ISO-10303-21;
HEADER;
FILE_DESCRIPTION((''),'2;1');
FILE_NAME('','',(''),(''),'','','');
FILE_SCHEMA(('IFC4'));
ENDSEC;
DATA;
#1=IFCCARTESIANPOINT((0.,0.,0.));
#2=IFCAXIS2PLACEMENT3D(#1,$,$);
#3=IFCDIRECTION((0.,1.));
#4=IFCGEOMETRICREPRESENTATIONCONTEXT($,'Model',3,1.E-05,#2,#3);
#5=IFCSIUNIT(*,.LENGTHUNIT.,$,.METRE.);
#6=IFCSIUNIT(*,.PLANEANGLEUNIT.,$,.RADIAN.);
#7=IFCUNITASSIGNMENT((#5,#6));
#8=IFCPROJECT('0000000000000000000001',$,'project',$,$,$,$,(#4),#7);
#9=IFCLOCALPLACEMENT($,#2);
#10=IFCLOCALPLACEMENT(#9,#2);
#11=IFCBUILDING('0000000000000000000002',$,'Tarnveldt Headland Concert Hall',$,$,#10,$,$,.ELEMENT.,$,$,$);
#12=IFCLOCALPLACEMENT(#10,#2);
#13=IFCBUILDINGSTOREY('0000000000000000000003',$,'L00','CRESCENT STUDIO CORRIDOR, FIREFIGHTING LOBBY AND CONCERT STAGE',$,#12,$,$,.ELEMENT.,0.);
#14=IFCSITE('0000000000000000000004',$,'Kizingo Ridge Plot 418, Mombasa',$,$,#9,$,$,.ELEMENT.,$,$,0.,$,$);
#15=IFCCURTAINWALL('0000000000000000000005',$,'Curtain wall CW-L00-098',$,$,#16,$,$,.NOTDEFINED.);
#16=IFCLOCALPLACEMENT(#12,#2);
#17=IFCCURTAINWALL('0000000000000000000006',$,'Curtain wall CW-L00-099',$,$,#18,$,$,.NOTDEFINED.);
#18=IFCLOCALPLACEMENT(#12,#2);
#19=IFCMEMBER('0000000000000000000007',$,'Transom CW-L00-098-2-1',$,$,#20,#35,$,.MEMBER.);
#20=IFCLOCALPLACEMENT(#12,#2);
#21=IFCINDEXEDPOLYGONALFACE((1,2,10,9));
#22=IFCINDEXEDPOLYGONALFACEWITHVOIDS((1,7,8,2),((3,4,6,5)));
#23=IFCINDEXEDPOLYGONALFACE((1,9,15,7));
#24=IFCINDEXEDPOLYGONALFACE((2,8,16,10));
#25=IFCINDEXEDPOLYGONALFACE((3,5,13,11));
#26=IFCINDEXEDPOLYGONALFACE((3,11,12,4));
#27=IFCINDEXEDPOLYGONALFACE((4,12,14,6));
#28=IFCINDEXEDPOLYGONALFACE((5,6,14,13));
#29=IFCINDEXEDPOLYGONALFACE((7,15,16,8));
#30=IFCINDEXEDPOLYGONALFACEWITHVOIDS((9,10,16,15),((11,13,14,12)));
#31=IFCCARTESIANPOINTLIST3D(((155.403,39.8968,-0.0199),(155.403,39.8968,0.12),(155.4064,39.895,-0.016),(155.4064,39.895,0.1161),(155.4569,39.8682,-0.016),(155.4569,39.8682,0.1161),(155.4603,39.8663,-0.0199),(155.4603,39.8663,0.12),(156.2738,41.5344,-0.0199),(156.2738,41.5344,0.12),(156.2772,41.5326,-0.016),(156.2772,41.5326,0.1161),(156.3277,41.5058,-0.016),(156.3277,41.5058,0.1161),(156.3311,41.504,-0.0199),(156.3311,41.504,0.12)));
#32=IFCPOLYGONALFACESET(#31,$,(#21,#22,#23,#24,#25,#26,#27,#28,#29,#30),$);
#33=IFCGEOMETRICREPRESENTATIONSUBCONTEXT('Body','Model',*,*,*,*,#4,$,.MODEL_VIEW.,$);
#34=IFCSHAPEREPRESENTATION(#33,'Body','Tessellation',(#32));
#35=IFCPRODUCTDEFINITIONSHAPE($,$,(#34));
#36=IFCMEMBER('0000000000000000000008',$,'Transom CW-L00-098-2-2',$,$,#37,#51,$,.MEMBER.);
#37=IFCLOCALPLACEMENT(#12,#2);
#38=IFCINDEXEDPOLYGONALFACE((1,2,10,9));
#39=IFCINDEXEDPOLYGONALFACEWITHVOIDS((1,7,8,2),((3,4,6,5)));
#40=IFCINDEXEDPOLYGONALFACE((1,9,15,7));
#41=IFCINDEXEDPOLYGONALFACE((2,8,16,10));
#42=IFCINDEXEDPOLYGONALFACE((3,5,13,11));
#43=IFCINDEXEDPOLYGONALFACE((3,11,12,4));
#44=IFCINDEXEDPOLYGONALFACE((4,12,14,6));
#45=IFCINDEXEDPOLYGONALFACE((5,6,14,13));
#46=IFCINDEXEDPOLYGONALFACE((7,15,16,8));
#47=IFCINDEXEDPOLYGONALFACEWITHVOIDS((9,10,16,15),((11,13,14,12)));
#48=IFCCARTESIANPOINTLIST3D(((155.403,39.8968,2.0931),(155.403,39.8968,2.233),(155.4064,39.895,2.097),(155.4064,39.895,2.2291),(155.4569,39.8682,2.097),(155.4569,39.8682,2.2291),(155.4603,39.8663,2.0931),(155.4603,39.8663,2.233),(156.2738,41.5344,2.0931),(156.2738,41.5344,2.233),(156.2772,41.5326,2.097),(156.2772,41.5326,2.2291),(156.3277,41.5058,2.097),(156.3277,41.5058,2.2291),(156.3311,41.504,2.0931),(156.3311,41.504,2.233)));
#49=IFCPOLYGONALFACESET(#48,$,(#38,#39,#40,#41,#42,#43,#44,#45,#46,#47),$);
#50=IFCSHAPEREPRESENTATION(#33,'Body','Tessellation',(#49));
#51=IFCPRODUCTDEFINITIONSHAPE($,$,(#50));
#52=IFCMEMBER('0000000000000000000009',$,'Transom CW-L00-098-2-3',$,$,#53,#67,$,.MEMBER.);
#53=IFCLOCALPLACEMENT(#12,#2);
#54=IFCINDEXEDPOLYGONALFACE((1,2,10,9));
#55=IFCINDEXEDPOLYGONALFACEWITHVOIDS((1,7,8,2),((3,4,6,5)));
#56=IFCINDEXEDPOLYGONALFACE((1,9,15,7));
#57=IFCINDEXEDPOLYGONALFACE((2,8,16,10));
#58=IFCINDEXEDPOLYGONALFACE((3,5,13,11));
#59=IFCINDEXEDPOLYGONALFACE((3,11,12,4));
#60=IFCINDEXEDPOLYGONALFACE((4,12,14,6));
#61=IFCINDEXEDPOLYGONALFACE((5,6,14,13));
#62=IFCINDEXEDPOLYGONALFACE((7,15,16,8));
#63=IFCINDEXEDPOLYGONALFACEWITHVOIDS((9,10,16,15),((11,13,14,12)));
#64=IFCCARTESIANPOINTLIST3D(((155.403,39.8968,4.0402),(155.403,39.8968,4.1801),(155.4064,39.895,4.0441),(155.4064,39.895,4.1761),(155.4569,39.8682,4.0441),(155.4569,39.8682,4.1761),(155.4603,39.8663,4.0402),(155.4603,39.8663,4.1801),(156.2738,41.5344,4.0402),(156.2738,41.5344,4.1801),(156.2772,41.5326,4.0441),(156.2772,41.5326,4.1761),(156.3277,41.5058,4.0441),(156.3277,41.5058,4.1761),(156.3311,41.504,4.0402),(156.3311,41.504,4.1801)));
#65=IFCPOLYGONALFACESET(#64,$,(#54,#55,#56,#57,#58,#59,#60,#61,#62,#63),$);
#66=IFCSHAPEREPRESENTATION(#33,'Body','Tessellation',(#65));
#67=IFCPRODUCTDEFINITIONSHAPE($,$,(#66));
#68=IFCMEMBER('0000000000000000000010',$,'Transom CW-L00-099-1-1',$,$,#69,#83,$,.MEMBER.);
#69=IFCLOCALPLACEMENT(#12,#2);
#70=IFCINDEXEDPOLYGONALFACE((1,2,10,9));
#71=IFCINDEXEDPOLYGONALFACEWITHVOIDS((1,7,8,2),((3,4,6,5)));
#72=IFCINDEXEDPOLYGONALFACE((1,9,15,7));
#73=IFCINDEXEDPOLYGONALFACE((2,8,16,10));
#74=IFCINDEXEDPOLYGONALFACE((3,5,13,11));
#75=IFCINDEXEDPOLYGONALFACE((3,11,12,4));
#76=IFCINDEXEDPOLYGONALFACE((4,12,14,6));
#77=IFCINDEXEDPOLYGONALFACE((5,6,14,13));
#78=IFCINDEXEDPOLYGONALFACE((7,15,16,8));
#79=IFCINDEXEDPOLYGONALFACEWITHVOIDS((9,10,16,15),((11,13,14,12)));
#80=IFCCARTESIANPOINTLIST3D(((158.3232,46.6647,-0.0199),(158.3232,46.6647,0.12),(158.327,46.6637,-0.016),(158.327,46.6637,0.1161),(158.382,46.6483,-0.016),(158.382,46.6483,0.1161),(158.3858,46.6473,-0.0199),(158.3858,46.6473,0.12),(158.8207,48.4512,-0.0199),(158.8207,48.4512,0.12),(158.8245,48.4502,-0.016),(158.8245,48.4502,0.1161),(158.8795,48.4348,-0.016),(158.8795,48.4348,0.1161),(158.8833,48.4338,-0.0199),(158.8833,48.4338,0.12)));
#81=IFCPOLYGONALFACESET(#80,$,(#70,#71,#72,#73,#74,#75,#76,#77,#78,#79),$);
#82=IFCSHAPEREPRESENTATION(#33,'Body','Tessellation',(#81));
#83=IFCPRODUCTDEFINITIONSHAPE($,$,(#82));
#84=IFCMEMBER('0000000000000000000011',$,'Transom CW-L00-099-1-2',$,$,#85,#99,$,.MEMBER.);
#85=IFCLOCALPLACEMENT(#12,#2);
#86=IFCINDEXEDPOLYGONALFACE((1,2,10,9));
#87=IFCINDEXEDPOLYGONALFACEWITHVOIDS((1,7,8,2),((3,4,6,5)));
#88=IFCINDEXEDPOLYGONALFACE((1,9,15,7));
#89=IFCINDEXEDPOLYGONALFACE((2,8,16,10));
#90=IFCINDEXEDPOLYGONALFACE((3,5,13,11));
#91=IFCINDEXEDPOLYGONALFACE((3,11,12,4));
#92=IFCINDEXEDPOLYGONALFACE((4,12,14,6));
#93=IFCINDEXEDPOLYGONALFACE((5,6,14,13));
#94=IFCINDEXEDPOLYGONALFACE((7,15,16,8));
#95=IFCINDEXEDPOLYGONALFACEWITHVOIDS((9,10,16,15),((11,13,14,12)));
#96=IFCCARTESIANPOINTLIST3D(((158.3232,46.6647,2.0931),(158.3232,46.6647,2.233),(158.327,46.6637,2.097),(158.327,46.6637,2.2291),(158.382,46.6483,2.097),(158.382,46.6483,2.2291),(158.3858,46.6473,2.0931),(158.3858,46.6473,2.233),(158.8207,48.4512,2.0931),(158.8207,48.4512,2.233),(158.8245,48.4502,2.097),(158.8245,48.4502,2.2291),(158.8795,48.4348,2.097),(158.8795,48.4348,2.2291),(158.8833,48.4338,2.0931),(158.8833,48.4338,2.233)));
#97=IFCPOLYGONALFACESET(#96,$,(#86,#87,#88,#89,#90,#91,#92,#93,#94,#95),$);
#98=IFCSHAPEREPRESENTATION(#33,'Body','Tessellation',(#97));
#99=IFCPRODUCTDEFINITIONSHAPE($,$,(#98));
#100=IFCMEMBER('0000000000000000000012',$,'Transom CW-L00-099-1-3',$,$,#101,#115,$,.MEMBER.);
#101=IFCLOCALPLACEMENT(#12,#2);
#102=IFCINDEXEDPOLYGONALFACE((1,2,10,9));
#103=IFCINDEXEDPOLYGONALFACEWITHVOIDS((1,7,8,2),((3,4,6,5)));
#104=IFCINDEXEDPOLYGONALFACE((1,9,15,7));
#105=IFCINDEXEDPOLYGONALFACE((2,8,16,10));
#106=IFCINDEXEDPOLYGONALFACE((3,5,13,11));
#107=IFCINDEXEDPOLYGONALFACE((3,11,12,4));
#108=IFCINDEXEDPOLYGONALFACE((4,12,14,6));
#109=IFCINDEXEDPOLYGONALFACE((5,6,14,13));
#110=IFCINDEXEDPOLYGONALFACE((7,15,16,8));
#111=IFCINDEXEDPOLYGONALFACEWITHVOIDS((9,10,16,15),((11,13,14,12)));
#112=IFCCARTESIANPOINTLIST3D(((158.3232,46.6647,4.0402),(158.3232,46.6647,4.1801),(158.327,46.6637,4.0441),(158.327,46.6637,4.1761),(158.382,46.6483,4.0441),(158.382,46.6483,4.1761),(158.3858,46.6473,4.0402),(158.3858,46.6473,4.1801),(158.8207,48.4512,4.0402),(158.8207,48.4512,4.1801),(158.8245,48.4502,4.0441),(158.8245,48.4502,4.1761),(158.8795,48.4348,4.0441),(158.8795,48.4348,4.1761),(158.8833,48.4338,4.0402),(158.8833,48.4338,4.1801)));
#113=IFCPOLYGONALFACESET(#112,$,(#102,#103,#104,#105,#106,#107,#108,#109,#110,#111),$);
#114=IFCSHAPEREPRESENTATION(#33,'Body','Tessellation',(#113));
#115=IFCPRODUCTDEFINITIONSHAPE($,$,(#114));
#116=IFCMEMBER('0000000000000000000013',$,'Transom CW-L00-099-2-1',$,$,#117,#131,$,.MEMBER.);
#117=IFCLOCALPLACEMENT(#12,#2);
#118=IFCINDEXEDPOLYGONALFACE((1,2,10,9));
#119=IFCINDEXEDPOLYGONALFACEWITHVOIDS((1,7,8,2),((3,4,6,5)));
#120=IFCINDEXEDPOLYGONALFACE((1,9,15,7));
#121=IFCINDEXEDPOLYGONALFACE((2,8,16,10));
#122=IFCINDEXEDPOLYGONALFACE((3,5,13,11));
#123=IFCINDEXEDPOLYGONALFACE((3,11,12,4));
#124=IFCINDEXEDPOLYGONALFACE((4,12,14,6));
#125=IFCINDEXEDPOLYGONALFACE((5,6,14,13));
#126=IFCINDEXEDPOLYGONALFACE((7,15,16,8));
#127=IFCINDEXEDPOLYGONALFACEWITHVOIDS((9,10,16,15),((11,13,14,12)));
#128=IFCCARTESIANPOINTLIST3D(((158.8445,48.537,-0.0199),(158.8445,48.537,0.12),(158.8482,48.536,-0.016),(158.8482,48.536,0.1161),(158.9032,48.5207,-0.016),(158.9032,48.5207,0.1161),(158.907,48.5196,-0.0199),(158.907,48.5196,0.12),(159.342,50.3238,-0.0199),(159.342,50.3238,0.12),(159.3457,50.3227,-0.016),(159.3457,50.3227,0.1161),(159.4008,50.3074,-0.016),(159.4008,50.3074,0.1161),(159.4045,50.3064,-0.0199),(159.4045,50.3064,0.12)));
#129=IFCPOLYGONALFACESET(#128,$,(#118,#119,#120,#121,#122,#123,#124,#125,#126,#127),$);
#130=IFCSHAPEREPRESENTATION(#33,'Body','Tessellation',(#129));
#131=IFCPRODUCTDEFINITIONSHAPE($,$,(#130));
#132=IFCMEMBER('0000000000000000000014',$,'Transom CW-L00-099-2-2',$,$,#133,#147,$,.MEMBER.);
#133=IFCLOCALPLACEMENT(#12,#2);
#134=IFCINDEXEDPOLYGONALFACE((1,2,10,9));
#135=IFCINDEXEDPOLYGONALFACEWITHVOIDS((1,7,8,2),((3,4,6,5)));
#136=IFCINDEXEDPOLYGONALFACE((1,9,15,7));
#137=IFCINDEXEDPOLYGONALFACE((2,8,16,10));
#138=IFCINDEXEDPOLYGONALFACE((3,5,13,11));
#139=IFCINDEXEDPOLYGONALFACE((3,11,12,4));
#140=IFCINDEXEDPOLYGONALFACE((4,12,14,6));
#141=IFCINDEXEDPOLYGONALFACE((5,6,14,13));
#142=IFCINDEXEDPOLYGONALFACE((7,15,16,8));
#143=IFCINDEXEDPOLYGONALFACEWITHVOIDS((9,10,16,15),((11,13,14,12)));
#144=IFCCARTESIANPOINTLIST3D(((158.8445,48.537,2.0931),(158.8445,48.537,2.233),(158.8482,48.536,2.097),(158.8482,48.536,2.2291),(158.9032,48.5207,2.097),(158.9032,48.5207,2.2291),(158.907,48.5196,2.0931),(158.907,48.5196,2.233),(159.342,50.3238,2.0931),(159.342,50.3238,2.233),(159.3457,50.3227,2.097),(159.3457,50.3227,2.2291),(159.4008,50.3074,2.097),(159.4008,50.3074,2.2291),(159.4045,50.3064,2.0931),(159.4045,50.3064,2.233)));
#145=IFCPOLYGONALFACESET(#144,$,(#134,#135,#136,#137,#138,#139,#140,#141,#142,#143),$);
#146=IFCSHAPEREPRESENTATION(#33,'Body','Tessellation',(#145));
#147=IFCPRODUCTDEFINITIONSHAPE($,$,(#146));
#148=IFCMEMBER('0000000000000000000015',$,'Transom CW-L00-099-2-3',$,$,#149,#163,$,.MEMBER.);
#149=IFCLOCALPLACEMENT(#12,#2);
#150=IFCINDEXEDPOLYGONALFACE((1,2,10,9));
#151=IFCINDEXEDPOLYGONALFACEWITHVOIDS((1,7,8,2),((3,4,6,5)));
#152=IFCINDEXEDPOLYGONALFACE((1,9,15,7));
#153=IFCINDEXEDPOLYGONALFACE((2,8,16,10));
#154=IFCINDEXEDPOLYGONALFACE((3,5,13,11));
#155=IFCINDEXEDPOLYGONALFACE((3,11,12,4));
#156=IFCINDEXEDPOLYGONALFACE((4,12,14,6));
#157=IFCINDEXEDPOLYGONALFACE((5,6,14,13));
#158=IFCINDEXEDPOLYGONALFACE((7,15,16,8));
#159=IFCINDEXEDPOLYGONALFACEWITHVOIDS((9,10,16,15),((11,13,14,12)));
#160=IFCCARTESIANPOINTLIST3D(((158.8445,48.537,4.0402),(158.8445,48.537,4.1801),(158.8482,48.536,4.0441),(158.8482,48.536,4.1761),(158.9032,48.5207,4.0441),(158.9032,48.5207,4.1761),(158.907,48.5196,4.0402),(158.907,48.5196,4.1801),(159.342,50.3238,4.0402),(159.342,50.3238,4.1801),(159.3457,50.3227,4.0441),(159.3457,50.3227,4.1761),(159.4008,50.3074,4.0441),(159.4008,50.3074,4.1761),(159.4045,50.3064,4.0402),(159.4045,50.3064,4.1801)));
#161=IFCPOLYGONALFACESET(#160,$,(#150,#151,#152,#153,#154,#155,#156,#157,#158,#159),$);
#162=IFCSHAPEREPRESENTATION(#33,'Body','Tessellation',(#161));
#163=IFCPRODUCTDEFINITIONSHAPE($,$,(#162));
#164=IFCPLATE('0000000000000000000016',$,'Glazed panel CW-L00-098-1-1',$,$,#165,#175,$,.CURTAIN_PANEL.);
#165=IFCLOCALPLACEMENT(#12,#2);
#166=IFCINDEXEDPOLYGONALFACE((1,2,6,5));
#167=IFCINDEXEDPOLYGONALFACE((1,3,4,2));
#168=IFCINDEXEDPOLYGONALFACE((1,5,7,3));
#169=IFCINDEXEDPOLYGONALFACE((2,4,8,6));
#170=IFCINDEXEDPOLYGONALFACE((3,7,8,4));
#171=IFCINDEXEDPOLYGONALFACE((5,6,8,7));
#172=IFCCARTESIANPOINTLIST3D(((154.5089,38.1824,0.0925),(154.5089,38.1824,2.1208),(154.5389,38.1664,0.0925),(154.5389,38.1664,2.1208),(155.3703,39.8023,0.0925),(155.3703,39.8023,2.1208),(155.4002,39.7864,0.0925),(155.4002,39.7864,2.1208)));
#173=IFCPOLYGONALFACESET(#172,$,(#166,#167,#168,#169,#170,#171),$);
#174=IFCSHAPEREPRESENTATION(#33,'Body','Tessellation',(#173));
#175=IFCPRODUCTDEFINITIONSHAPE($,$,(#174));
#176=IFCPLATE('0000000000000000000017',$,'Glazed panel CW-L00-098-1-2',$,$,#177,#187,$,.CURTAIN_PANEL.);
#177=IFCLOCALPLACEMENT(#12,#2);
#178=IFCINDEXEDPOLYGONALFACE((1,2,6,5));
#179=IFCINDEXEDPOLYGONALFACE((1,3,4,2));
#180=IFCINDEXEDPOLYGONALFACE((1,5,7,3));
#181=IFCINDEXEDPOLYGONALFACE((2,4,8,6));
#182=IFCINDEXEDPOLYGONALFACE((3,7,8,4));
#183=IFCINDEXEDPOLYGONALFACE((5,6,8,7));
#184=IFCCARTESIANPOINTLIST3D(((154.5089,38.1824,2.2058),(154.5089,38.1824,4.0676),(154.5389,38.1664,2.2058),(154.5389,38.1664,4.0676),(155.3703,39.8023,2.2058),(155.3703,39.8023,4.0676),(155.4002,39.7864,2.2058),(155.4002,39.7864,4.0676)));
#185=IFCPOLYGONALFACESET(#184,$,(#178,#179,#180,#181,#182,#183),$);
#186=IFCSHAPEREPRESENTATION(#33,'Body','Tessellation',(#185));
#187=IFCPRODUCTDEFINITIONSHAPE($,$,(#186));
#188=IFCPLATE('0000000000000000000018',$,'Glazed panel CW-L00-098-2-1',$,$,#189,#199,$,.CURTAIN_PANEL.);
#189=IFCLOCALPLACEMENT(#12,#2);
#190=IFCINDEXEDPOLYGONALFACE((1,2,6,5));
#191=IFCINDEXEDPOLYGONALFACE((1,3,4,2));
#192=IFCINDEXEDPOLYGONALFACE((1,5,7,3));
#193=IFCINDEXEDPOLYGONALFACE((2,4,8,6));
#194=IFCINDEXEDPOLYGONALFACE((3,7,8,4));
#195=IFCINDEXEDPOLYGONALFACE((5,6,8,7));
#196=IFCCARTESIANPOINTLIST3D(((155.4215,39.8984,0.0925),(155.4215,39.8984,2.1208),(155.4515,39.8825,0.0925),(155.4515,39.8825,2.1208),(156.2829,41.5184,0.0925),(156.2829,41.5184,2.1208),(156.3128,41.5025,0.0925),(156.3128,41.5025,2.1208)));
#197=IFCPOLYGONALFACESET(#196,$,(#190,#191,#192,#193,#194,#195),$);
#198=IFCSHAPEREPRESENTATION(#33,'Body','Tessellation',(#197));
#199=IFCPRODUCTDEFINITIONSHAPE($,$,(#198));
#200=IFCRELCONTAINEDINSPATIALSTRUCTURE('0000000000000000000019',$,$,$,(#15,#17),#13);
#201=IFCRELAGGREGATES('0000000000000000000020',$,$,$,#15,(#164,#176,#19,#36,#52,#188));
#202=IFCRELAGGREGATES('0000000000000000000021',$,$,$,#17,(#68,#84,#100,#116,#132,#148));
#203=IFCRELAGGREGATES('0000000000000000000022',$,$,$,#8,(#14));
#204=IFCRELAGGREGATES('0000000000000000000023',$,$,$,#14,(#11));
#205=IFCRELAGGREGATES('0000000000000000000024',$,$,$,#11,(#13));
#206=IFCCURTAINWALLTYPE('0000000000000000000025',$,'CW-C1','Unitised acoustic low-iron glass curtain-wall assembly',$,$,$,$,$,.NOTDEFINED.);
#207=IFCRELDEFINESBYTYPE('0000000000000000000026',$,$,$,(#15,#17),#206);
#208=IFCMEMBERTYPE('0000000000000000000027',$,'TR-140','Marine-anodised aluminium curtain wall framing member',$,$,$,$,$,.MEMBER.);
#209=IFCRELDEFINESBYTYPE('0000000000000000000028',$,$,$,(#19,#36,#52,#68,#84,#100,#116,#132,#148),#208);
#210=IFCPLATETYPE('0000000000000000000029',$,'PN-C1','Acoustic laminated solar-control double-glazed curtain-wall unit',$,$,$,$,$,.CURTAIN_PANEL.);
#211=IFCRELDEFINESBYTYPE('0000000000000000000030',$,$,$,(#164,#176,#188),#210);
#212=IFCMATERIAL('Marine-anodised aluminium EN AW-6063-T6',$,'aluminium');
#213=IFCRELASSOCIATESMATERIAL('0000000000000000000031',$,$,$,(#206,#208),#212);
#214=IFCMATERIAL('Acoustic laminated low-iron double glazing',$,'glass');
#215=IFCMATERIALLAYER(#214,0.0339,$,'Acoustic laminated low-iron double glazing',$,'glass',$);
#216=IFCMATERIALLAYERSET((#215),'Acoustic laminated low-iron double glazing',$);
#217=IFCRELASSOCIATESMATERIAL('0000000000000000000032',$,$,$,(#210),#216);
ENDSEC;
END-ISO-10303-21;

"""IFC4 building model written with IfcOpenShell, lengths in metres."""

from ifc_helpers import new_model, si_unit, direction, frame, origin, origin_2d, place, context, subcontext, project, spatial, rectangle, hollow_rectangle, extrude, material, layer, layer_set, material_profile, profile_set, type_object, element, aggregate, save


model = new_model("IFC4")

# Units and contexts
model_context = context("Model", 3, precision=1e-05, world=origin(), true_north=direction((0.0, 1.0)))
body_context = subcontext(model_context, "Body", "Model", "MODEL_VIEW")
ifc_project = project(units=[si_unit("LENGTHUNIT", "METRE"), si_unit("PLANEANGLEUNIT", "RADIAN")], contexts=[model_context])

# Site, building, storey
site_placement = place(None, origin())
site = spatial("IfcSite", under=ifc_project, at=site_placement, Name="Kizingo Ridge Plot 418, Mombasa", CompositionType="ELEMENT", RefElevation=0.0)
building_placement = place(site_placement, origin())
building = spatial("IfcBuilding", under=site, at=building_placement, Name="Tarnveldt Headland Concert Hall", CompositionType="ELEMENT")
storey_placement = place(building_placement, origin())
storey = spatial("IfcBuildingStorey", under=building, at=storey_placement, Name="L00", Description="CRESCENT STUDIO CORRIDOR, FIREFIGHTING LOBBY AND CONCERT STAGE", CompositionType="ELEMENT", Elevation=0.0)

# Curtain walls
ifc_material_1 = material(Name="Marine-anodised aluminium EN AW-6063-T6", Category="aluminium")
curtain_wall_type = type_object("IfcCurtainWallType", Name="CW-C1", Description="Unitised acoustic low-iron glass curtain-wall assembly", PredefinedType="NOTDEFINED", material=ifc_material_1)
curtain_wall_1_placement = place(storey_placement, origin())
curtain_wall_1 = element("IfcCurtainWall", 1, at=curtain_wall_1_placement, inside=storey, type_object=curtain_wall_type, Name="Curtain wall CW-L00-098", PredefinedType="NOTDEFINED")
curtain_wall_2_placement = place(storey_placement, origin())
curtain_wall_2 = element("IfcCurtainWall", 2, at=curtain_wall_2_placement, inside=storey, type_object=curtain_wall_type, Name="Curtain wall CW-L00-099", PredefinedType="NOTDEFINED")

# Members
ifc_material_profile_1 = material_profile(ifc_material_1, hollow_rectangle(XDim=0.0649, YDim=0.1399, WallThickness=0.0039, at=origin_2d()), Name="ALU TRANSOM 65x140x4", Category="aluminium")
ifc_profile_set_1 = profile_set([ifc_material_profile_1], Name="Marine-anodised aluminium EN AW-6063-T6")
member_type_1 = type_object("IfcMemberType", Name="TR-140", Description="Marine-anodised aluminium curtain wall framing member", PredefinedType="MEMBER", material=ifc_profile_set_1)
member_1_placement = place(storey_placement, frame((155.4316, 39.8816, 0.05), z_axis=(0.469502, 0.882932, 0.0), x_axis=(-0.882932, 0.469502, 0.0)))
member_1 = element("IfcMember", 3, at=member_1_placement, type_object=member_type_1, Name="Transom CW-L00-098-2-1", PredefinedType="MEMBER", context=body_context, shape_type="SweptSolid", body=[
    extrude(hollow_rectangle(XDim=0.0649, YDim=0.1399, WallThickness=0.0039, at=origin_2d()), origin(), (0.0, 0.0, 1.0), 1.8547),
])
member_2_placement = place(storey_placement, frame((155.4316, 39.8816, 2.1631), z_axis=(0.469502, 0.882932, 0.0), x_axis=(-0.882932, 0.469502, 0.0)))
member_2 = element("IfcMember", 4, at=member_2_placement, type_object=member_type_1, Name="Transom CW-L00-098-2-2", PredefinedType="MEMBER", context=body_context, shape_type="SweptSolid", body=[
    extrude(hollow_rectangle(XDim=0.0649, YDim=0.1399, WallThickness=0.0039, at=origin_2d()), origin(), (0.0, 0.0, 1.0), 1.8547),
])
member_3_placement = place(storey_placement, frame((155.4316, 39.8816, 4.1101), z_axis=(0.469502, 0.882932, 0.0), x_axis=(-0.882932, 0.469502, 0.0)))
member_3 = element("IfcMember", 5, at=member_3_placement, type_object=member_type_1, Name="Transom CW-L00-098-2-3", PredefinedType="MEMBER", context=body_context, shape_type="SweptSolid", body=[
    extrude(hollow_rectangle(XDim=0.0649, YDim=0.1399, WallThickness=0.0039, at=origin_2d()), origin(), (0.0, 0.0, 1.0), 1.8547),
])
member_4_placement = place(storey_placement, frame((158.3545, 46.656, 0.05), z_axis=(0.268282, 0.96334, 0.0), x_axis=(-0.96334, 0.268282, 0.0)))
member_4 = element("IfcMember", 6, at=member_4_placement, type_object=member_type_1, Name="Transom CW-L00-099-1-1", PredefinedType="MEMBER", context=body_context, shape_type="SweptSolid", body=[
    extrude(hollow_rectangle(XDim=0.0649, YDim=0.1399, WallThickness=0.0039, at=origin_2d()), origin(), (0.0, 0.0, 1.0), 1.8545),
])
member_5_placement = place(storey_placement, frame((158.3545, 46.656, 2.1631), z_axis=(0.268282, 0.96334, 0.0), x_axis=(-0.96334, 0.268282, 0.0)))
member_5 = element("IfcMember", 7, at=member_5_placement, type_object=member_type_1, Name="Transom CW-L00-099-1-2", PredefinedType="MEMBER", context=body_context, shape_type="SweptSolid", body=[
    extrude(hollow_rectangle(XDim=0.0649, YDim=0.1399, WallThickness=0.0039, at=origin_2d()), origin(), (0.0, 0.0, 1.0), 1.8545),
])
member_6_placement = place(storey_placement, frame((158.3545, 46.656, 4.1101), z_axis=(0.268282, 0.96334, 0.0), x_axis=(-0.96334, 0.268282, 0.0)))
member_6 = element("IfcMember", 8, at=member_6_placement, type_object=member_type_1, Name="Transom CW-L00-099-1-3", PredefinedType="MEMBER", context=body_context, shape_type="SweptSolid", body=[
    extrude(hollow_rectangle(XDim=0.0649, YDim=0.1399, WallThickness=0.0039, at=origin_2d()), origin(), (0.0, 0.0, 1.0), 1.8545),
])
member_7_placement = place(storey_placement, frame((158.8757, 48.5283, 0.05), z_axis=(0.268248, 0.96335, 0.0), x_axis=(-0.96335, 0.268248, 0.0)))
member_7 = element("IfcMember", 9, at=member_7_placement, type_object=member_type_1, Name="Transom CW-L00-099-2-1", PredefinedType="MEMBER", context=body_context, shape_type="SweptSolid", body=[
    extrude(hollow_rectangle(XDim=0.0649, YDim=0.1399, WallThickness=0.0039, at=origin_2d()), origin(), (0.0, 0.0, 1.0), 1.8547),
])
member_8_placement = place(storey_placement, frame((158.8757, 48.5283, 2.1631), z_axis=(0.268248, 0.96335, 0.0), x_axis=(-0.96335, 0.268248, 0.0)))
member_8 = element("IfcMember", 10, at=member_8_placement, type_object=member_type_1, Name="Transom CW-L00-099-2-2", PredefinedType="MEMBER", context=body_context, shape_type="SweptSolid", body=[
    extrude(hollow_rectangle(XDim=0.0649, YDim=0.1399, WallThickness=0.0039, at=origin_2d()), origin(), (0.0, 0.0, 1.0), 1.8547),
])
member_9_placement = place(storey_placement, frame((158.8757, 48.5283, 4.1101), z_axis=(0.268248, 0.96335, 0.0), x_axis=(-0.96335, 0.268248, 0.0)))
member_9 = element("IfcMember", 11, at=member_9_placement, type_object=member_type_1, Name="Transom CW-L00-099-2-3", PredefinedType="MEMBER", context=body_context, shape_type="SweptSolid", body=[
    extrude(hollow_rectangle(XDim=0.0649, YDim=0.1399, WallThickness=0.0039, at=origin_2d()), origin(), (0.0, 0.0, 1.0), 1.8547),
])

# Plates
ifc_material_2 = material(Name="Acoustic laminated low-iron double glazing", Category="glass")
ifc_layer_1 = layer(ifc_material_2, 0.0339, Name="Acoustic laminated low-iron double glazing", Category="glass")
ifc_layer_set_1 = layer_set([ifc_layer_1], Name="Acoustic laminated low-iron double glazing")
plate_type = type_object("IfcPlateType", Name="PN-C1", Description="Acoustic laminated solar-control double-glazed curtain-wall unit", PredefinedType="CURTAIN_PANEL", material=ifc_layer_set_1)
plate_1_placement = place(storey_placement, frame((154.9546, 38.9844, 0.0925), z_axis=(0.0, 0.0, 1.0), x_axis=(0.469472, 0.882948, 0.0)))
plate_1 = element("IfcPlate", 12, at=plate_1_placement, type_object=plate_type, Name="Glazed panel CW-L00-098-1-1", PredefinedType="CURTAIN_PANEL", context=body_context, shape_type="SweptSolid", body=[
    extrude(rectangle(XDim=1.8347, YDim=0.0339, at=origin_2d()), origin(), (0.0, 0.0, 1.0), 2.0283),
])
plate_2_placement = place(storey_placement, frame((154.9546, 38.9844, 2.2058), z_axis=(0.0, 0.0, 1.0), x_axis=(0.469472, 0.882948, 0.0)))
plate_2 = element("IfcPlate", 13, at=plate_2_placement, type_object=plate_type, Name="Glazed panel CW-L00-098-1-2", PredefinedType="CURTAIN_PANEL", context=body_context, shape_type="SweptSolid", body=[
    extrude(rectangle(XDim=1.8347, YDim=0.0339, at=origin_2d()), origin(), (0.0, 0.0, 1.0), 1.8618),
])
plate_3_placement = place(storey_placement, frame((155.8672, 40.7004, 0.0925), z_axis=(0.0, 0.0, 1.0), x_axis=(0.469472, 0.882948, 0.0)))
plate_3 = element("IfcPlate", 14, at=plate_3_placement, type_object=plate_type, Name="Glazed panel CW-L00-098-2-1", PredefinedType="CURTAIN_PANEL", context=body_context, shape_type="SweptSolid", body=[
    extrude(rectangle(XDim=1.8347, YDim=0.0339, at=origin_2d()), origin(), (0.0, 0.0, 1.0), 2.0283),
])
aggregate(curtain_wall_1, [plate_1, plate_2, member_1, member_2, member_3, plate_3])
aggregate(curtain_wall_2, [member_4, member_5, member_6, member_7, member_8, member_9])

save(model, "model.ifc")
